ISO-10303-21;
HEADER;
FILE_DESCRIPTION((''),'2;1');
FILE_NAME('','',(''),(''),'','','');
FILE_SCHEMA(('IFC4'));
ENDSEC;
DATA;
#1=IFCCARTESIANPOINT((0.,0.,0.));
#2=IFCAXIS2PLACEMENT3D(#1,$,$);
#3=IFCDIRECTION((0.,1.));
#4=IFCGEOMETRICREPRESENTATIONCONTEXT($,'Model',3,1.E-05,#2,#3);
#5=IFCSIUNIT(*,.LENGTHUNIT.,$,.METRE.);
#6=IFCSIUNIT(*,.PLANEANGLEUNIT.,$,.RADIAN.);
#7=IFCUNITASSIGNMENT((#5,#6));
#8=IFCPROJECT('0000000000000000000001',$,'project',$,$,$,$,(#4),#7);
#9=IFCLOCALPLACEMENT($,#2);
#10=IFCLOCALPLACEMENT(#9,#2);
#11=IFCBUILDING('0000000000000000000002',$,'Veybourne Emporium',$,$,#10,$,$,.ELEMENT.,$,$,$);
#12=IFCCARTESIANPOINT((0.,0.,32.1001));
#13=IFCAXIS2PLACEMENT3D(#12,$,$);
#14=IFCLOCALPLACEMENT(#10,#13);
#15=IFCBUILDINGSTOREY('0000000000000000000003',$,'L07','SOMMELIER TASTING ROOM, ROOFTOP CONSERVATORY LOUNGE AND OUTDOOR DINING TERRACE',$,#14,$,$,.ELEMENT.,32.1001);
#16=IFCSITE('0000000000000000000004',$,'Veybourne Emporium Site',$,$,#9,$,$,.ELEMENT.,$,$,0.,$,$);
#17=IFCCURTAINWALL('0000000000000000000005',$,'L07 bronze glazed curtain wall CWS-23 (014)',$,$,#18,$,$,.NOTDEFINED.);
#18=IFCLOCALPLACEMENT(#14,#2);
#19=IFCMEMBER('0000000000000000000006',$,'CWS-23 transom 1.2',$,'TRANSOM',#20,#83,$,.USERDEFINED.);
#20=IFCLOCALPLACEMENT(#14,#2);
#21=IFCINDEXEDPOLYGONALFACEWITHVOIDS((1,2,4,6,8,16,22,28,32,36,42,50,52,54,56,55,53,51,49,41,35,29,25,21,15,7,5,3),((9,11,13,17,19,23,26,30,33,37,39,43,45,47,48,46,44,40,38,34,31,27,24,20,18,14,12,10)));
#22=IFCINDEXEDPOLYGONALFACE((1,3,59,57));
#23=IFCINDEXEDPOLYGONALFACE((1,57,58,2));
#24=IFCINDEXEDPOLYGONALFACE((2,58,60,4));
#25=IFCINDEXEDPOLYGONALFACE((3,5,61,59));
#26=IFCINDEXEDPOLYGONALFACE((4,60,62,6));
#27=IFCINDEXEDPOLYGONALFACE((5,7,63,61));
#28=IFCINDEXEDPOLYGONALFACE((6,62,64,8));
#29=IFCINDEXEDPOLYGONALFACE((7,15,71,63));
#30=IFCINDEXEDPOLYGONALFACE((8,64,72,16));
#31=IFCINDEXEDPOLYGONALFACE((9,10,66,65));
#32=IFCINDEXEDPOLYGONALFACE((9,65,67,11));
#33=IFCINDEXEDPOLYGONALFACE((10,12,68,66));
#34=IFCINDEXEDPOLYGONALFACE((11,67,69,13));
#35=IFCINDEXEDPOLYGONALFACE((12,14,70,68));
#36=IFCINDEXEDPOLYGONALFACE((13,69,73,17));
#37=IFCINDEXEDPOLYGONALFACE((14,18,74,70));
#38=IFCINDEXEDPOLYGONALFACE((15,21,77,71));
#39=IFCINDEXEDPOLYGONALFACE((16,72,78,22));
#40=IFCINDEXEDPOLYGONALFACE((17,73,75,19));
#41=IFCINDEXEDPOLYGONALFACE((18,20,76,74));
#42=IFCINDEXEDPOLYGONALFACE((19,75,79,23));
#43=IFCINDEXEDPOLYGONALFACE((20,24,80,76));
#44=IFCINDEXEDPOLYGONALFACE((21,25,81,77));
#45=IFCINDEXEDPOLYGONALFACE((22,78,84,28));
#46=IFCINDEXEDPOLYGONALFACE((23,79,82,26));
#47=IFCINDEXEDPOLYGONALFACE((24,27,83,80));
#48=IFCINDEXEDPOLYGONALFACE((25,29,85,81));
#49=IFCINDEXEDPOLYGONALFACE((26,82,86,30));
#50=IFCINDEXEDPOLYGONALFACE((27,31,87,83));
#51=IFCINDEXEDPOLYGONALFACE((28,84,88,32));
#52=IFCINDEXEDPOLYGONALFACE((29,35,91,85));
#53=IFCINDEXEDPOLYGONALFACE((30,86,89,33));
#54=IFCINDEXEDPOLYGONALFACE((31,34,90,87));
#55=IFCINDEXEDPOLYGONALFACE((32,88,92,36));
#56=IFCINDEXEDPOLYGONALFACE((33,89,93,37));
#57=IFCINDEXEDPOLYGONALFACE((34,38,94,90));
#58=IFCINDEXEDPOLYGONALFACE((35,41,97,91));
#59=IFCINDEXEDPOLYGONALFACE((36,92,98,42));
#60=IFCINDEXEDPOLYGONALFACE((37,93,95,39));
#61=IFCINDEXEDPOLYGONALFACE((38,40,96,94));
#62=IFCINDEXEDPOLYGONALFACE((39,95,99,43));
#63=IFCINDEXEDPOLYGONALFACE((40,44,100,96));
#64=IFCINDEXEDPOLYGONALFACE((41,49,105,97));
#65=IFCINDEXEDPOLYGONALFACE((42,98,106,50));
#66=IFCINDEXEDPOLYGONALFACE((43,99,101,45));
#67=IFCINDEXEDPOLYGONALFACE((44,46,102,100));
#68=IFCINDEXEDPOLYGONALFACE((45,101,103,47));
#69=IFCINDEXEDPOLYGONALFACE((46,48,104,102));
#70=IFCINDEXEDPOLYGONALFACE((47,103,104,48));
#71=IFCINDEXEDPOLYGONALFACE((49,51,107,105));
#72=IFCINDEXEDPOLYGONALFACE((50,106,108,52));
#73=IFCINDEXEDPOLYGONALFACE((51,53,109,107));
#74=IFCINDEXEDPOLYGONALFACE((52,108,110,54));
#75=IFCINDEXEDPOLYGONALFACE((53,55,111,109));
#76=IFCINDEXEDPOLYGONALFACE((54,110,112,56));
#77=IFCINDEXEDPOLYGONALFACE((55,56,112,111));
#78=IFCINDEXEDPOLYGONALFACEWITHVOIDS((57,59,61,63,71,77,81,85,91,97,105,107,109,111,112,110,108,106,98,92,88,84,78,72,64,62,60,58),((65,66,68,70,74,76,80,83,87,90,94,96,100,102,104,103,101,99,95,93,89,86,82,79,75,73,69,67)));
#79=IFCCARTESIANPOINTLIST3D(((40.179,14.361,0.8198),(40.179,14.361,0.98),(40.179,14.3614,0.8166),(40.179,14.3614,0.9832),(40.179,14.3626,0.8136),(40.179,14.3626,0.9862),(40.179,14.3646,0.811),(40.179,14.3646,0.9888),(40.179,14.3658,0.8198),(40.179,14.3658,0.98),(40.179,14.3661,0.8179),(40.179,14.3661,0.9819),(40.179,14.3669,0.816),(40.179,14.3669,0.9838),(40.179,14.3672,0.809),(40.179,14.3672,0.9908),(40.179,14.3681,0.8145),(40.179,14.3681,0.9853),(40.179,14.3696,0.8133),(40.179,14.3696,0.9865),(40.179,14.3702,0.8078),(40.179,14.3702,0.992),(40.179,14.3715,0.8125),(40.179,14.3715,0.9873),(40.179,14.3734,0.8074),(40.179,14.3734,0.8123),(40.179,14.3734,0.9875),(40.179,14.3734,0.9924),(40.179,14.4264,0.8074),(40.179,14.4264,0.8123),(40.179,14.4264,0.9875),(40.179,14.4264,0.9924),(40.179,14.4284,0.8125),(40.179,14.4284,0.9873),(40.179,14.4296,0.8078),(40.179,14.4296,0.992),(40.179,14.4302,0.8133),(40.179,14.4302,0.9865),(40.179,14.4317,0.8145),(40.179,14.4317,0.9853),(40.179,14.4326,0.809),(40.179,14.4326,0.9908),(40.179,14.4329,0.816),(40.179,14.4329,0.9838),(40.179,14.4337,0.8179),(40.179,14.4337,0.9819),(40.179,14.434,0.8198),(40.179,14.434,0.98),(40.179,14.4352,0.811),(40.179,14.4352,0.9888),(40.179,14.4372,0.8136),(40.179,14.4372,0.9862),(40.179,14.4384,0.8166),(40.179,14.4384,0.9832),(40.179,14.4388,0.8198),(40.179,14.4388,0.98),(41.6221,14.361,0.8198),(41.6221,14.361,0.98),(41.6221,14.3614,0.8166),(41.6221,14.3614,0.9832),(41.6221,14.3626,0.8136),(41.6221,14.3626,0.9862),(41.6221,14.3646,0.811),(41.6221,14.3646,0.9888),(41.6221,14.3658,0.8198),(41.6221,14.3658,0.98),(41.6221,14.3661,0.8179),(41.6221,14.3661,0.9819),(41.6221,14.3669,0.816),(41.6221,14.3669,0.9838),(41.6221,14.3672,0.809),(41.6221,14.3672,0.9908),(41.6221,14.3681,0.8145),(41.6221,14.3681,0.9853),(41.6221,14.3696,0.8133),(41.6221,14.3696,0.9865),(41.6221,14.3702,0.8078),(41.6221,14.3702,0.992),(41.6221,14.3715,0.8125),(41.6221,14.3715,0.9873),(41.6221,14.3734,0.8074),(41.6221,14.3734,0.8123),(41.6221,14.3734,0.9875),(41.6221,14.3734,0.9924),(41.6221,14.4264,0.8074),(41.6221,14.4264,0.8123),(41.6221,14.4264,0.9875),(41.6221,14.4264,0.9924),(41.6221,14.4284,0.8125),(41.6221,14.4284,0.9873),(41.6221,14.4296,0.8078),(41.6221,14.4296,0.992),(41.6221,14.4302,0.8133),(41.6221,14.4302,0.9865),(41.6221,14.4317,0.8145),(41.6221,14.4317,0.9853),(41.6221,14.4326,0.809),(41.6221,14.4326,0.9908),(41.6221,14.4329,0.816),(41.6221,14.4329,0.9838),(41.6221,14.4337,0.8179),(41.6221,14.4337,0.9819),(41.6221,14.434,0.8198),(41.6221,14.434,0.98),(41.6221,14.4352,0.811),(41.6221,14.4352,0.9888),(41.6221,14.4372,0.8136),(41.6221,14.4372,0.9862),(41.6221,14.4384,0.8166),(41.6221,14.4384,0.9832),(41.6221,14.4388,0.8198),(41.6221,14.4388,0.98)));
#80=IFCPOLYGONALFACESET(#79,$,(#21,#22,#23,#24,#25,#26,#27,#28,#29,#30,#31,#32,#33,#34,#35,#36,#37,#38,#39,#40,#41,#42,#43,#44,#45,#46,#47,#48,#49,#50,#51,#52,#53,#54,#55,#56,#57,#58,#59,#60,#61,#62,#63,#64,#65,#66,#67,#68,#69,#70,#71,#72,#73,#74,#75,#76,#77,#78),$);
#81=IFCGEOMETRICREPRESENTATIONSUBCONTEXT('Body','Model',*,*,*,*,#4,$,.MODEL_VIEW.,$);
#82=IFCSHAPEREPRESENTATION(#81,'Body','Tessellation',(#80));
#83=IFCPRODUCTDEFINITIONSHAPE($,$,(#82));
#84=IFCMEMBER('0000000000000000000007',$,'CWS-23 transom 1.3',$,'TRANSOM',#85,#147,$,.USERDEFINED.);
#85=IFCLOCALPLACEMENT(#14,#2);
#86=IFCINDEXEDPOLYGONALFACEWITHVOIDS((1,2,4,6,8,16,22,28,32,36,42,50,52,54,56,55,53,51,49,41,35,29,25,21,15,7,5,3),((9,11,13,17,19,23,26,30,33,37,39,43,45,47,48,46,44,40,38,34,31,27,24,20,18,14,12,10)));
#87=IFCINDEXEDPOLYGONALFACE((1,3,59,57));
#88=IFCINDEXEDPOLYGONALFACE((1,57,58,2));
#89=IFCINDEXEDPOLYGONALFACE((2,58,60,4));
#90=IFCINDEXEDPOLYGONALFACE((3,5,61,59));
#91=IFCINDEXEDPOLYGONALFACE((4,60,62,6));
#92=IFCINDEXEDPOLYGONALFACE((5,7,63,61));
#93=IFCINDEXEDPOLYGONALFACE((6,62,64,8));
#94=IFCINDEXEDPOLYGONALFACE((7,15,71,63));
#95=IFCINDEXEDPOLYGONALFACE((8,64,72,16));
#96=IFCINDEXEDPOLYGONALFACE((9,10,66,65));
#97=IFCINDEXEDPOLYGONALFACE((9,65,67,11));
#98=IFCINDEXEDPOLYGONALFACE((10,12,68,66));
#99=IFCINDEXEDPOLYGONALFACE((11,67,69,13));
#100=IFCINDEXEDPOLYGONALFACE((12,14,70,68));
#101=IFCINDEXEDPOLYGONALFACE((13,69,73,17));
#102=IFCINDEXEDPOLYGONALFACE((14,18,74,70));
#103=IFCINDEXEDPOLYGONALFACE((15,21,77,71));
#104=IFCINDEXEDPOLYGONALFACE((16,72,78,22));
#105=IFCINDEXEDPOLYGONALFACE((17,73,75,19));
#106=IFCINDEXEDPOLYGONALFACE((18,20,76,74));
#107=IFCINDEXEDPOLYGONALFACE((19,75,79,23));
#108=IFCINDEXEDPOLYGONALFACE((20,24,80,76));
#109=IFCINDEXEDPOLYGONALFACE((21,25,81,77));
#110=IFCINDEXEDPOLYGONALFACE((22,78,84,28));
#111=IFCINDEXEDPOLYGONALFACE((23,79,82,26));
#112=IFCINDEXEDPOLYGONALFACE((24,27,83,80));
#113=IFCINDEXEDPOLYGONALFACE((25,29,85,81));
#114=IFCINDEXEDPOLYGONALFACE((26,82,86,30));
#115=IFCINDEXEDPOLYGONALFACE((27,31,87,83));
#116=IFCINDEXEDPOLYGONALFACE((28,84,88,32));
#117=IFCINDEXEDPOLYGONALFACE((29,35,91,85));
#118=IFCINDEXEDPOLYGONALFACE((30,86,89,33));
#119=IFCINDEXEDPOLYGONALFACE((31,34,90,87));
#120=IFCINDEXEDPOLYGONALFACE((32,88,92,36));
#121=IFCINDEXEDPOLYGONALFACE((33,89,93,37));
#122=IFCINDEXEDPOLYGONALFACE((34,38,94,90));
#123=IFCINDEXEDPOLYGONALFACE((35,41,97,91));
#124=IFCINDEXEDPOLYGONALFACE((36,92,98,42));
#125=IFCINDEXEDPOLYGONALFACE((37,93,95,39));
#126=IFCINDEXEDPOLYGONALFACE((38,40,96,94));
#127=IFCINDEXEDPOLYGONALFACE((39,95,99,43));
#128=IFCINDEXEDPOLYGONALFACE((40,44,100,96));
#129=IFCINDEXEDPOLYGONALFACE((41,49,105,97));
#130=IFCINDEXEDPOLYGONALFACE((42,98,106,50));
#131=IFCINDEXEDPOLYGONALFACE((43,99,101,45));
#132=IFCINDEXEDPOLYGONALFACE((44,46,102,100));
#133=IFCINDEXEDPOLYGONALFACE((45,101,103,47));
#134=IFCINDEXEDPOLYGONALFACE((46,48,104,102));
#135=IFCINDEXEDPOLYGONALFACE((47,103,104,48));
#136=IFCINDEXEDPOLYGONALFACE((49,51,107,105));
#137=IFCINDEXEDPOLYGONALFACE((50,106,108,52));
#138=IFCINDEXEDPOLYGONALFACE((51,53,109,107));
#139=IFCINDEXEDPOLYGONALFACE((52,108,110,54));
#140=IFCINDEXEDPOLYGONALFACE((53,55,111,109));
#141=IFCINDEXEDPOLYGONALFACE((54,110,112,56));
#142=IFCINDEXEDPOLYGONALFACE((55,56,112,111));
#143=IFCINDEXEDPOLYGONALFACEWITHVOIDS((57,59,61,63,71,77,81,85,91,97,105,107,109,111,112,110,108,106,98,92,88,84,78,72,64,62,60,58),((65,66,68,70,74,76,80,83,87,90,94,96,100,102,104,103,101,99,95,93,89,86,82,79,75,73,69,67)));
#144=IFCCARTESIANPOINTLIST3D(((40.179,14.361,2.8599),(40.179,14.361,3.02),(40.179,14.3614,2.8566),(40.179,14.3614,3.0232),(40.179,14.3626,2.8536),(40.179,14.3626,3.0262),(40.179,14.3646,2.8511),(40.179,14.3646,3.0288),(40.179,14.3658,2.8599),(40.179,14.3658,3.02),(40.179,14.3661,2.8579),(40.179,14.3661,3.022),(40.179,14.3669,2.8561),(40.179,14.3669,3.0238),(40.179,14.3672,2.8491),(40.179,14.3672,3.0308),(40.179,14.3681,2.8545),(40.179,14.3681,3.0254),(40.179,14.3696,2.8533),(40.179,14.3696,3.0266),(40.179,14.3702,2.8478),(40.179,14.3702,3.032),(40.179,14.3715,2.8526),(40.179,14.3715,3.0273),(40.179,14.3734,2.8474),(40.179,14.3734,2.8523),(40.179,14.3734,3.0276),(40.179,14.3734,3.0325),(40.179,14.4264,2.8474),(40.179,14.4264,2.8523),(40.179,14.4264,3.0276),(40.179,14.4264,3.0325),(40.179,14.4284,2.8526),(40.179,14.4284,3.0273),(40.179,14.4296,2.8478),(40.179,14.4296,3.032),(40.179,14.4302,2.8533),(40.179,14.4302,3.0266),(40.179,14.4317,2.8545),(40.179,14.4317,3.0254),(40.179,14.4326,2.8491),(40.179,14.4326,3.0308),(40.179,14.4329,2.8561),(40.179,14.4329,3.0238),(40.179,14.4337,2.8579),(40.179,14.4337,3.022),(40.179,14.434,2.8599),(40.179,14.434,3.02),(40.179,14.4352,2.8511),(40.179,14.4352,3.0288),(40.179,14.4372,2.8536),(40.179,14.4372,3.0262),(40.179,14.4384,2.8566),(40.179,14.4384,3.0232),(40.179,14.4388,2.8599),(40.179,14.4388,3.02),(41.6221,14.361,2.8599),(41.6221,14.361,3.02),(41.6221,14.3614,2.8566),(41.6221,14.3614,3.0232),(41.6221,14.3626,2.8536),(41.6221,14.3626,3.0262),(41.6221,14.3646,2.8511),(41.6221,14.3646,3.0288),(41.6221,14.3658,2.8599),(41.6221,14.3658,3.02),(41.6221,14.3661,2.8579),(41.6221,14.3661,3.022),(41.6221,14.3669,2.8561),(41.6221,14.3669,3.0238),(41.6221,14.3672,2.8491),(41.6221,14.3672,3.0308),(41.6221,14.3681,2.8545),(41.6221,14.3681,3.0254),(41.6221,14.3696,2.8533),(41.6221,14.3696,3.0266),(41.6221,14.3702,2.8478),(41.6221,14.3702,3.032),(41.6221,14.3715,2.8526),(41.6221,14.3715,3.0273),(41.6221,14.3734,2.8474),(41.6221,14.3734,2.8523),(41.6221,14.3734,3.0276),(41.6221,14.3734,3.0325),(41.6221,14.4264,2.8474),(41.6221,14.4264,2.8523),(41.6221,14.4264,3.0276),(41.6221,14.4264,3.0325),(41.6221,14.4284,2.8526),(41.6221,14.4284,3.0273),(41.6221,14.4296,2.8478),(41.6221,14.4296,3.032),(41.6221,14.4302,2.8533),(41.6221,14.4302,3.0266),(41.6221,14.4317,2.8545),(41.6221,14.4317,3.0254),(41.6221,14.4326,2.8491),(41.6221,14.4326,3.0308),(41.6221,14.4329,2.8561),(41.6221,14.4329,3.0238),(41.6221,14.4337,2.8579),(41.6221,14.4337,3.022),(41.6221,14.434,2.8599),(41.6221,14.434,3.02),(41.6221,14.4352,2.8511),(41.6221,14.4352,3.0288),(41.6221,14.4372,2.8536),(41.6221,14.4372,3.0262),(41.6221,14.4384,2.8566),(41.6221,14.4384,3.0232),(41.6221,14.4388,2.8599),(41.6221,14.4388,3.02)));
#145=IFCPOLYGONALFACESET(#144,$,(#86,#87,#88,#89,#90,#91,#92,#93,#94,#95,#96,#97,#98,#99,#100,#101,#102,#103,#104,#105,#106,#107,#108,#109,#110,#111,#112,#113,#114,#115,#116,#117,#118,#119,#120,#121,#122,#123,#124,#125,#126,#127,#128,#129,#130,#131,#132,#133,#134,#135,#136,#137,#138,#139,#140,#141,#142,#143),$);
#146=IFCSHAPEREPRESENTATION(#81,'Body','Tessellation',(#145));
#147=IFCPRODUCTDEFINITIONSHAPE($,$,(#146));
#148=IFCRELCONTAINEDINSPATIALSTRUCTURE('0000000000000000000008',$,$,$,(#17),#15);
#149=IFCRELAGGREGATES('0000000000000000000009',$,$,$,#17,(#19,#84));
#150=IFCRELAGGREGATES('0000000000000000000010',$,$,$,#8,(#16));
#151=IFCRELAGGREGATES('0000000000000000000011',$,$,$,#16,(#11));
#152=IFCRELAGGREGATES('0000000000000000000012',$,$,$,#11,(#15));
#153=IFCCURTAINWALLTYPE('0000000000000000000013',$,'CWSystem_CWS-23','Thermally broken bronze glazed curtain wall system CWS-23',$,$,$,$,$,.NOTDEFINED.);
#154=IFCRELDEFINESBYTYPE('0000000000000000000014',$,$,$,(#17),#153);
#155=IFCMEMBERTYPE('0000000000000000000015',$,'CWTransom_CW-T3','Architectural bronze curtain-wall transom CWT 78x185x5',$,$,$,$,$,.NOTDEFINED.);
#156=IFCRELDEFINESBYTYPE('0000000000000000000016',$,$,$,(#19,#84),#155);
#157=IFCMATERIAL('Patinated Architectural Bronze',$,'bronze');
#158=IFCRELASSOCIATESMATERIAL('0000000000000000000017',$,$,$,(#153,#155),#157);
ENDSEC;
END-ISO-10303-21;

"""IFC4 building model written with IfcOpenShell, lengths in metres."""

from ifc_helpers import new_model, si_unit, direction, frame, origin, origin_2d, place, context, subcontext, project, spatial, hollow_rectangle, extrude, material, material_profile, profile_set, type_object, element, aggregate, save


model = new_model("IFC4")

# Units and contexts
model_context = context("Model", 3, precision=1e-05, world=origin(), true_north=direction((0.0, 1.0)))
body_context = subcontext(model_context, "Body", "Model", "MODEL_VIEW")
ifc_project = project(units=[si_unit("LENGTHUNIT", "METRE"), si_unit("PLANEANGLEUNIT", "RADIAN")], contexts=[model_context])

# Site, building, storey
site_placement = place(None, origin())
site = spatial("IfcSite", under=ifc_project, at=site_placement, Name="Veybourne Emporium Site", CompositionType="ELEMENT", RefElevation=0.0)
building_placement = place(site_placement, origin())
building = spatial("IfcBuilding", under=site, at=building_placement, Name="Veybourne Emporium", CompositionType="ELEMENT")
storey_placement = place(building_placement, frame((0.0, 0.0, 32.1001)))
storey = spatial("IfcBuildingStorey", under=building, at=storey_placement, Name="L07", Description="SOMMELIER TASTING ROOM, ROOFTOP CONSERVATORY LOUNGE AND OUTDOOR DINING TERRACE", CompositionType="ELEMENT", Elevation=32.1001)

# Curtain wall
ifc_material_1 = material(Name="Patinated Architectural Bronze", Category="bronze")
curtain_wall_type_1 = type_object("IfcCurtainWallType", Name="CWSystem_CWS-23", Description="Thermally broken bronze glazed curtain wall system CWS-23", PredefinedType="NOTDEFINED", material=ifc_material_1)
curtain_wall_1_placement = place(storey_placement, origin())
curtain_wall_1 = element("IfcCurtainWall", 1, at=curtain_wall_1_placement, inside=storey, type_object=curtain_wall_type_1, Name="L07 bronze glazed curtain wall CWS-23 (014)", PredefinedType="NOTDEFINED")

# Members
ifc_material_profile_1 = material_profile(ifc_material_1, hollow_rectangle(XDim=0.0779, YDim=0.1851, WallThickness=0.0049, InnerFilletRadius=0.0076, OuterFilletRadius=0.0125, at=origin_2d()), Name="CWT 78x185x5")
ifc_profile_set_1 = profile_set([ifc_material_profile_1], Name="Patinated Architectural Bronze")
member_type_1 = type_object("IfcMemberType", Name="CWTransom_CW-T3", Description="Architectural bronze curtain-wall transom CWT 78x185x5", PredefinedType="NOTDEFINED", material=ifc_profile_set_1)
member_1_placement = place(storey_placement, frame((41.6221, 14.3999, 0.8999), z_axis=(-1.0, 0.0, 0.0), x_axis=(0.0, -1.0, 0.0)))
member_1 = element("IfcMember", 2, at=member_1_placement, type_object=member_type_1, Name="CWS-23 transom 1.2", ObjectType="TRANSOM", PredefinedType="USERDEFINED", context=body_context, shape_type="SweptSolid", body=[
    extrude(hollow_rectangle(XDim=0.0779, YDim=0.1851, WallThickness=0.0049, InnerFilletRadius=0.0076, OuterFilletRadius=0.0125, at=origin_2d()), origin(), (0.0, 0.0, 1.0), 1.4431),
])
member_2_placement = place(storey_placement, frame((41.6221, 14.3999, 2.9399), z_axis=(-1.0, 0.0, 0.0), x_axis=(0.0, -1.0, 0.0)))
member_2 = element("IfcMember", 3, at=member_2_placement, type_object=member_type_1, Name="CWS-23 transom 1.3", ObjectType="TRANSOM", PredefinedType="USERDEFINED", context=body_context, shape_type="SweptSolid", body=[
    extrude(hollow_rectangle(XDim=0.0779, YDim=0.1851, WallThickness=0.0049, InnerFilletRadius=0.0076, OuterFilletRadius=0.0125, at=origin_2d()), origin(), (0.0, 0.0, 1.0), 1.4431),
])

aggregate(curtain_wall_1, [member_1, member_2])

save(model, "model.ifc")
